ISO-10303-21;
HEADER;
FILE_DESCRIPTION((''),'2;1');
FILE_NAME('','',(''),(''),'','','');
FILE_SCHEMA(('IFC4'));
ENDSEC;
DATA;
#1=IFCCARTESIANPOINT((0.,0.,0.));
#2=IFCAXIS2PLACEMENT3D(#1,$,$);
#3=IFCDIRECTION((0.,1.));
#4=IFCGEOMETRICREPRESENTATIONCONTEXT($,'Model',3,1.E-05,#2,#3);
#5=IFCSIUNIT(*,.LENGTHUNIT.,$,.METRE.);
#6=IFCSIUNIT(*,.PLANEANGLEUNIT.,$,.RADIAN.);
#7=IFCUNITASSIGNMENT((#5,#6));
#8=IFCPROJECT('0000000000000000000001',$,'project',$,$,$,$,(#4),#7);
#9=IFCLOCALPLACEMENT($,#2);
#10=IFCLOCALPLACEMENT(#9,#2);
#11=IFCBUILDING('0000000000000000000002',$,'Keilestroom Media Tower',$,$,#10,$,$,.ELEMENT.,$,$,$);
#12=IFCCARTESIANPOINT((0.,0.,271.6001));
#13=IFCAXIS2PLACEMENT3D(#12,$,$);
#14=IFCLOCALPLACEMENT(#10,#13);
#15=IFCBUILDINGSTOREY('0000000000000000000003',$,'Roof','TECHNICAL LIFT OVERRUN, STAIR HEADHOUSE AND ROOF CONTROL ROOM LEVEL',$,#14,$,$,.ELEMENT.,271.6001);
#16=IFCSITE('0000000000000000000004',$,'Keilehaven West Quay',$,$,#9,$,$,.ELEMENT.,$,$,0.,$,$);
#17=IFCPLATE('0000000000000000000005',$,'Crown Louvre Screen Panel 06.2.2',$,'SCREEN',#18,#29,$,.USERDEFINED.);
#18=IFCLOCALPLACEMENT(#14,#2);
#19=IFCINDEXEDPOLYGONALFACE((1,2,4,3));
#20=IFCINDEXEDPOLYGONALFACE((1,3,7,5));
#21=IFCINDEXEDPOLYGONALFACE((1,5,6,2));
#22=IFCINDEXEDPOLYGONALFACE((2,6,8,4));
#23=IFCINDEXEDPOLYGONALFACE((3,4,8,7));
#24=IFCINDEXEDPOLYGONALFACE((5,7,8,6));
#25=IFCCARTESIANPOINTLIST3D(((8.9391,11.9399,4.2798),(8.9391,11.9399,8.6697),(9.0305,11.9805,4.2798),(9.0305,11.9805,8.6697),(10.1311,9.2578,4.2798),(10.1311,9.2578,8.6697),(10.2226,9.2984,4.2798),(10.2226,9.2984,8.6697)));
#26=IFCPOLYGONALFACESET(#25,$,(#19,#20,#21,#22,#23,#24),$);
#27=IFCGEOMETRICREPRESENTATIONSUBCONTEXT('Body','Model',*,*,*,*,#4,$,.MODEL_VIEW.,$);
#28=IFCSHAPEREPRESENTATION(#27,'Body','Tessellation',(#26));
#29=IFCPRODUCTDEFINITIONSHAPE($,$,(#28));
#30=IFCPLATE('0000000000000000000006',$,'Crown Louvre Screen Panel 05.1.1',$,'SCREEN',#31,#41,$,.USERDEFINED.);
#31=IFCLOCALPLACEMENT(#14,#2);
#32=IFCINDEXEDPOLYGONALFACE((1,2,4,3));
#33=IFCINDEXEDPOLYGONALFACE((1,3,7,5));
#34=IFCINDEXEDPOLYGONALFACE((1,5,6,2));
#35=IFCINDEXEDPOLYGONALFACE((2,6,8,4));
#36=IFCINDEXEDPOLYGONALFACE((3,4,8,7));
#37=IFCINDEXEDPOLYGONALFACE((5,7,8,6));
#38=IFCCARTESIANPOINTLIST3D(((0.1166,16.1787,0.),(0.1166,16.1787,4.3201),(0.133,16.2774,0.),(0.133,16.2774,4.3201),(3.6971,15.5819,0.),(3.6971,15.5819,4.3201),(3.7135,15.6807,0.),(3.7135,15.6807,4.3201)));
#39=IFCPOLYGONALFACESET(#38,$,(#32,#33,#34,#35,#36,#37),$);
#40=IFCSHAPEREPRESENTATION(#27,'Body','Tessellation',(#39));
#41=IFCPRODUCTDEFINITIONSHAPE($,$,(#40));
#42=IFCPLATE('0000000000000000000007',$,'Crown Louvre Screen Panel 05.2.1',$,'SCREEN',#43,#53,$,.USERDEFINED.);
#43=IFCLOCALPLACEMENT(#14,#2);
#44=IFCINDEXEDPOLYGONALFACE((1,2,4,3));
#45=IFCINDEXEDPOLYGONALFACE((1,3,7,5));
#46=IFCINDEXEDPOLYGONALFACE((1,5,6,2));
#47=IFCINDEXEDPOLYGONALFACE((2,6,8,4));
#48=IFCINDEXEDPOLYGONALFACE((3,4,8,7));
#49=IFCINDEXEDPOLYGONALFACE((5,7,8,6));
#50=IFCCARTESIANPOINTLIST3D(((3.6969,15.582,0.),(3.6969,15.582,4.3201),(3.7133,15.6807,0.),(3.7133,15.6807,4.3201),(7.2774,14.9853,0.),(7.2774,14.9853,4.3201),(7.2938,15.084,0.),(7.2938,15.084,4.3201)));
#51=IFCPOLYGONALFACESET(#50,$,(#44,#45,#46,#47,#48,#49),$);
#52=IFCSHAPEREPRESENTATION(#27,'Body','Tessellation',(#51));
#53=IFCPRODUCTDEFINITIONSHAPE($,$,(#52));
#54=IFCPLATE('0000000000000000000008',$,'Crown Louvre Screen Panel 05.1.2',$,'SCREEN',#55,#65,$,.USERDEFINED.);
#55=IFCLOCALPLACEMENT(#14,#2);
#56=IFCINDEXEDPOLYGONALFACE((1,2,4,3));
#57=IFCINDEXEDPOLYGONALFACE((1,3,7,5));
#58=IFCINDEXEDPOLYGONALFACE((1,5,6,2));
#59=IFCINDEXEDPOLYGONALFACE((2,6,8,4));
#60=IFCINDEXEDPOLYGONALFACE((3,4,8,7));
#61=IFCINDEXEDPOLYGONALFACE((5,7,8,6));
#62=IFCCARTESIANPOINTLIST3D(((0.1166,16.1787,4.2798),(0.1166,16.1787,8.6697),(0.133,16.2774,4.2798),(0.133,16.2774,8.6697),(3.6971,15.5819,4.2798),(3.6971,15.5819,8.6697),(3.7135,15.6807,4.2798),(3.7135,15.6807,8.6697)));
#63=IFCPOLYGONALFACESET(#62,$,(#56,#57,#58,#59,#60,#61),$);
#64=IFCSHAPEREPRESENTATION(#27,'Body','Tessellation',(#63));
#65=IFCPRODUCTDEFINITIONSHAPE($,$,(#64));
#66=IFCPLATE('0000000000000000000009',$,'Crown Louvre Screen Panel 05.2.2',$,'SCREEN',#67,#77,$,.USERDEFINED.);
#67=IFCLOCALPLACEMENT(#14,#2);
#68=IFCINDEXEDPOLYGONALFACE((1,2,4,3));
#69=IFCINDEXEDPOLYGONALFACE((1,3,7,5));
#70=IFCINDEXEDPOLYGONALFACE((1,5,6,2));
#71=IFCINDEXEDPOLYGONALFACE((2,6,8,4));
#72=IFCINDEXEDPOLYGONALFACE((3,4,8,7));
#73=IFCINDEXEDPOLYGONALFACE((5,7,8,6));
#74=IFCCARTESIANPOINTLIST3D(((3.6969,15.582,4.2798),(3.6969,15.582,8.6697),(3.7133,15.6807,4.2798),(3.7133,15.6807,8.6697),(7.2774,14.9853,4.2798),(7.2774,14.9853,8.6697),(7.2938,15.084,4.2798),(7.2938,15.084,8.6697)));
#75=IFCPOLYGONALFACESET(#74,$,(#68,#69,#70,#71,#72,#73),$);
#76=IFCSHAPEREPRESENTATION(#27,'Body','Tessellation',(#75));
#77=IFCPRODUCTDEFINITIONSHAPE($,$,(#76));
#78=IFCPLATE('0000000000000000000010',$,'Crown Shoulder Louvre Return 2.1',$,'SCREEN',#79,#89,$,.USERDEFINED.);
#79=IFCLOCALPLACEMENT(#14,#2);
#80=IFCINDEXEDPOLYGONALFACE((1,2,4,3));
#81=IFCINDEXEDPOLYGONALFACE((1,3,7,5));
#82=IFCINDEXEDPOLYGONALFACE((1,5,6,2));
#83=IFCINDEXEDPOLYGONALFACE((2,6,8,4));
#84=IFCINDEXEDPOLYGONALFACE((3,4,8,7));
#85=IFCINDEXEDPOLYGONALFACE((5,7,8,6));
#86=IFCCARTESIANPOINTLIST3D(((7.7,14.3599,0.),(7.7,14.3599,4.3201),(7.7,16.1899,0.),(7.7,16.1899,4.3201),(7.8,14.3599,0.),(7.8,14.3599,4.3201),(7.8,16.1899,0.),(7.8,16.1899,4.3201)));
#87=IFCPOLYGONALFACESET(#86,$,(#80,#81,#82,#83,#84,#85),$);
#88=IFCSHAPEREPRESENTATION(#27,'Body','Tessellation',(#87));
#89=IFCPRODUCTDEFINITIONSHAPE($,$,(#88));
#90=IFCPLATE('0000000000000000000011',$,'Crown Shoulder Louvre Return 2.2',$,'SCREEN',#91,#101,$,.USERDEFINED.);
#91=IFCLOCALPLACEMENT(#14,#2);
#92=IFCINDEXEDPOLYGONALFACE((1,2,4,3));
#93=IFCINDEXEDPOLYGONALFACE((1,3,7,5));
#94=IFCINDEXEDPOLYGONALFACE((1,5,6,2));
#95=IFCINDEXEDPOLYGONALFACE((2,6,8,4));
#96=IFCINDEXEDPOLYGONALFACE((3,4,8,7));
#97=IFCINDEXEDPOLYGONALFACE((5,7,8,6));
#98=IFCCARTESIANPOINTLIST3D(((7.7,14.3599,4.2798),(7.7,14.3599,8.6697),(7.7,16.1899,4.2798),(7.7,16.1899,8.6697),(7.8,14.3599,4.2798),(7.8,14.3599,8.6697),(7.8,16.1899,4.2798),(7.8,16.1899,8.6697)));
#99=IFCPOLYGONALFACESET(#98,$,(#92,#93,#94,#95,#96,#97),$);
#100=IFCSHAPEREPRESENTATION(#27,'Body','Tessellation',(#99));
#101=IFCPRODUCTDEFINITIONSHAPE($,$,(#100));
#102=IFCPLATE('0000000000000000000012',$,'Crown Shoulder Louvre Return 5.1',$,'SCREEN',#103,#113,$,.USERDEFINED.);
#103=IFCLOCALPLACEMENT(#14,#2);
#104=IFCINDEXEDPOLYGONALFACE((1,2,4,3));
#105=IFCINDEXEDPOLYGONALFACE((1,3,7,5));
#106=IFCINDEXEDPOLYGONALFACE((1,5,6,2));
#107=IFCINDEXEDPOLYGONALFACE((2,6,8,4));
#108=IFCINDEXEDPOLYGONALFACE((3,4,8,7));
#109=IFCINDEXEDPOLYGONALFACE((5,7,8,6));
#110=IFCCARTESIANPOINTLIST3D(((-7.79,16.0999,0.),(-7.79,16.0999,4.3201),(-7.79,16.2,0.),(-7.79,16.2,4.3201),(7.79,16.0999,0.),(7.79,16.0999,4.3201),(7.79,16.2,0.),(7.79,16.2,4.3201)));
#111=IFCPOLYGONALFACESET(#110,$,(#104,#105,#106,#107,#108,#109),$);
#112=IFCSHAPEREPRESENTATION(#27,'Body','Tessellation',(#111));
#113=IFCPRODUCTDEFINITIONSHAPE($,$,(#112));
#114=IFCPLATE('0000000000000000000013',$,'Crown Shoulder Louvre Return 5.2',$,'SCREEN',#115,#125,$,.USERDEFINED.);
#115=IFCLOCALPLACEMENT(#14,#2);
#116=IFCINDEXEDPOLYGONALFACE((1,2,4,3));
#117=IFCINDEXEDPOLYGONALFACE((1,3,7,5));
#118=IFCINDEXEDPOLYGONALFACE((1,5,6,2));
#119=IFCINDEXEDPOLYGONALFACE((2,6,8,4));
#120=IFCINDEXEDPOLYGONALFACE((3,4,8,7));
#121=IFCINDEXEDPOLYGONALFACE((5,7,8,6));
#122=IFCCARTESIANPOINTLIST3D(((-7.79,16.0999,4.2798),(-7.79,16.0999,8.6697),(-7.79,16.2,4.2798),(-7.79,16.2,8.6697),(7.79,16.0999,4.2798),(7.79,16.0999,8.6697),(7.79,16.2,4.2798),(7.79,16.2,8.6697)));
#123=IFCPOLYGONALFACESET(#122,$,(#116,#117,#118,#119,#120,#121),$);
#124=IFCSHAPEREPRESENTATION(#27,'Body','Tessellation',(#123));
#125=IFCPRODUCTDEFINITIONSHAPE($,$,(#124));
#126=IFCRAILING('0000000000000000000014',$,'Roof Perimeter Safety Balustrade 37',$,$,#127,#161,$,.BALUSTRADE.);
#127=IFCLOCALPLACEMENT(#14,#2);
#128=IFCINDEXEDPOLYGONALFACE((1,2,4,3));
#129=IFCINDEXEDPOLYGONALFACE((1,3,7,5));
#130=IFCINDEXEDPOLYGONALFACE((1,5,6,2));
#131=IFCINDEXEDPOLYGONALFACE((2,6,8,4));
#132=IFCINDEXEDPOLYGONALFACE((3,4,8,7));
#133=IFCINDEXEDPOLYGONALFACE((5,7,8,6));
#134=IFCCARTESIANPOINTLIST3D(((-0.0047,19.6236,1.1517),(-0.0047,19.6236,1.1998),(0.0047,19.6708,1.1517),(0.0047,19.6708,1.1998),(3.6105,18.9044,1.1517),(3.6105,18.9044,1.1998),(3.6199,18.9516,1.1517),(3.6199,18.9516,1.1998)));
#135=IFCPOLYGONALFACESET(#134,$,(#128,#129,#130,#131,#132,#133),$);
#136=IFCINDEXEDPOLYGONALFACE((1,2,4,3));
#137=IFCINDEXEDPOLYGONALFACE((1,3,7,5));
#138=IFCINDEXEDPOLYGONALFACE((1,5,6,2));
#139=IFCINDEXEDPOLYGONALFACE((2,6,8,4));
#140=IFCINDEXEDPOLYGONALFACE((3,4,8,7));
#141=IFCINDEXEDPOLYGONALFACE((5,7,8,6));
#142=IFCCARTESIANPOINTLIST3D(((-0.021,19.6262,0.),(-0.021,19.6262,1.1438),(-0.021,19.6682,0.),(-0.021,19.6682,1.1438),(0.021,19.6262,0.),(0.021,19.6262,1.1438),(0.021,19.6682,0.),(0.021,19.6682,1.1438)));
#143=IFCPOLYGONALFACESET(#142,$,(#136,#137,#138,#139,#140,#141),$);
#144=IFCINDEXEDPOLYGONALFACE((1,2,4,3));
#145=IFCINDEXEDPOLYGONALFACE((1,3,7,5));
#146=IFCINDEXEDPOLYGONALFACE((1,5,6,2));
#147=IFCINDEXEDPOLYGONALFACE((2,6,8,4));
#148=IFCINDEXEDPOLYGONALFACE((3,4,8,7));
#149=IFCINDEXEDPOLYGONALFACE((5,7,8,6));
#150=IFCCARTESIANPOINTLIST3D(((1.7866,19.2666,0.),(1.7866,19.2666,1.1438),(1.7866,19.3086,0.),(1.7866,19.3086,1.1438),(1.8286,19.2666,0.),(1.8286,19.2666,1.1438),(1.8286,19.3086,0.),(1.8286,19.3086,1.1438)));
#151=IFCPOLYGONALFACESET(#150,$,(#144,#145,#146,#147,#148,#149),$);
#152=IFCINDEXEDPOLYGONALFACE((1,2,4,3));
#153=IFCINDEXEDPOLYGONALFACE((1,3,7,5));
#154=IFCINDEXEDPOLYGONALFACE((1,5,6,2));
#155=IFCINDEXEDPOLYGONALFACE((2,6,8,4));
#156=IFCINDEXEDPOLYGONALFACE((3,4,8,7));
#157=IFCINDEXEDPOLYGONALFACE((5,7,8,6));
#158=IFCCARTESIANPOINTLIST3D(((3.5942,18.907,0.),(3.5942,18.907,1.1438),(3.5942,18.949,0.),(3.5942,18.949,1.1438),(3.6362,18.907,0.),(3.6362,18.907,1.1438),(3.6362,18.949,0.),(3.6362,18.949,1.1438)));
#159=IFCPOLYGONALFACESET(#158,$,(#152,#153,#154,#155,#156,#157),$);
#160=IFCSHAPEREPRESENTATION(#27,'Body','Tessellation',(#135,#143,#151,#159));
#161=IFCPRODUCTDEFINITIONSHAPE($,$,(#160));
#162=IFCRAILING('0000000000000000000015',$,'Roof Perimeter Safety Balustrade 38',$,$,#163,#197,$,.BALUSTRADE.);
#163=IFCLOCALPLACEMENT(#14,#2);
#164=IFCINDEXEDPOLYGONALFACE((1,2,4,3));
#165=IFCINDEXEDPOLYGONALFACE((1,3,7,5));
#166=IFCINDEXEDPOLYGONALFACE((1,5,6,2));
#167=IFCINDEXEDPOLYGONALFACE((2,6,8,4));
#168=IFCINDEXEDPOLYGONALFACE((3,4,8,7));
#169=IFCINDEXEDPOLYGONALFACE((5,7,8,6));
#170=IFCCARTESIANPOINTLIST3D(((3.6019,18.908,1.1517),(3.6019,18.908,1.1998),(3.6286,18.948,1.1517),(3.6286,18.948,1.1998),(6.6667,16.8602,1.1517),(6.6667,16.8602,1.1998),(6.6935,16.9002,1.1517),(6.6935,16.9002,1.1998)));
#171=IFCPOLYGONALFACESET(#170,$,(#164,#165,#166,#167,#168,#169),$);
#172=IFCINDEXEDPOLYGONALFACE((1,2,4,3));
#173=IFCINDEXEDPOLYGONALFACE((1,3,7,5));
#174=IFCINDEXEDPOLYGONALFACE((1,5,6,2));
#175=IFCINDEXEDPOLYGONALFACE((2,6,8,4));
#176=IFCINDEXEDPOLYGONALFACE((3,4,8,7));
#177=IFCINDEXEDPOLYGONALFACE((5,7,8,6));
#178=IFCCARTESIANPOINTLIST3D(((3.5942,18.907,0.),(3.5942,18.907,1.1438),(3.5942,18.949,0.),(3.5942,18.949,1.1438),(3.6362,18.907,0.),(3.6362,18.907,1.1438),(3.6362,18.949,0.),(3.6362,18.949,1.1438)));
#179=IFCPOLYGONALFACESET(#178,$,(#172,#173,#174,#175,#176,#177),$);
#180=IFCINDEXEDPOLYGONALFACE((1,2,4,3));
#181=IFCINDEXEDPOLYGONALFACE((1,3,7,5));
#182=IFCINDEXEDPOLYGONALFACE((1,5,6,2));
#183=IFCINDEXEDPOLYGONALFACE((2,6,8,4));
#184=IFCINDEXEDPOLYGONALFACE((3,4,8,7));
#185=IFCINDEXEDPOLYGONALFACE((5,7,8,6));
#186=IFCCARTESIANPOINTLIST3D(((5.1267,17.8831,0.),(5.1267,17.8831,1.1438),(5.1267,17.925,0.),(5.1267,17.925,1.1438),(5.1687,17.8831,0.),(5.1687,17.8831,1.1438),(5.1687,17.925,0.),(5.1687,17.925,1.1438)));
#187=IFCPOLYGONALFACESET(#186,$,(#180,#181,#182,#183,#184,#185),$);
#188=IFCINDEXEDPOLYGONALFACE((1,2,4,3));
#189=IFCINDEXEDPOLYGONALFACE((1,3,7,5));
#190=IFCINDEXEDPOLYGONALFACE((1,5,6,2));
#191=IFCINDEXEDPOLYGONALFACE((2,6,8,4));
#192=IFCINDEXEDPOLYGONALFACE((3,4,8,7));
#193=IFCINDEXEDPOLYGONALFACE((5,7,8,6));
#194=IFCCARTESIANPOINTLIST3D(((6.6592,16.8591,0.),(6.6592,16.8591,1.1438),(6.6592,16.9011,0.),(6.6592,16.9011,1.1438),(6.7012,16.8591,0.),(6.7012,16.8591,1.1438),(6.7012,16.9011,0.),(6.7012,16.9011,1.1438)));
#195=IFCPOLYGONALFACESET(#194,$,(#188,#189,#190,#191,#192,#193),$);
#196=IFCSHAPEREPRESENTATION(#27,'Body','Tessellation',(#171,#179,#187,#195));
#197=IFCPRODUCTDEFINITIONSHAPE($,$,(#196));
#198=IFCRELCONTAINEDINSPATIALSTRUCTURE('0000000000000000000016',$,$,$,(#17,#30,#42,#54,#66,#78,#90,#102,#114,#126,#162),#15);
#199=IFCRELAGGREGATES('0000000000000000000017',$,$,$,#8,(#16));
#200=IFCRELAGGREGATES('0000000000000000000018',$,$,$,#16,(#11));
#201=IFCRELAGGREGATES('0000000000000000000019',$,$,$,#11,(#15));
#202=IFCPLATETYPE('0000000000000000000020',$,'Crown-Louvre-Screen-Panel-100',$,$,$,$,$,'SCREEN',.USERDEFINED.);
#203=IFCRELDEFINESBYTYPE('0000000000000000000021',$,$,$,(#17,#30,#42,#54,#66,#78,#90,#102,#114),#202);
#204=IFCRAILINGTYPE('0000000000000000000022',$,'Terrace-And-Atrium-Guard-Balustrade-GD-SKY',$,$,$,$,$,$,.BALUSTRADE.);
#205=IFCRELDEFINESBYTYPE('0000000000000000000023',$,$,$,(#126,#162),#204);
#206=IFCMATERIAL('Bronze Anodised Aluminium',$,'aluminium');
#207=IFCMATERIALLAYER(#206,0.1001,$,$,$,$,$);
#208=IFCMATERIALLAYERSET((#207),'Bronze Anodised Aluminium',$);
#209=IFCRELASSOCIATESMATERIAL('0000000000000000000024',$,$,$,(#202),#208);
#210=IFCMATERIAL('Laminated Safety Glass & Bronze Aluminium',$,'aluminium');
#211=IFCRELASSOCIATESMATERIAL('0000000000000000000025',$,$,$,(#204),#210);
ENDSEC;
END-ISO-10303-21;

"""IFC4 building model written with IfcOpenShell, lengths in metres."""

from ifc_helpers import new_model, si_unit, direction, frame, origin, origin_2d, place, context, subcontext, project, spatial, rectangle, extrude, source, transform, mapped, material, layer, layer_set, type_object, element, save


model = new_model("IFC4")

# Units and contexts
model_context = context("Model", 3, precision=1e-05, world=origin(), true_north=direction((0.0, 1.0)))
body_context = subcontext(model_context, "Body", "Model", "MODEL_VIEW")
ifc_project = project(units=[si_unit("LENGTHUNIT", "METRE"), si_unit("PLANEANGLEUNIT", "RADIAN")], contexts=[model_context])

# Site, building, storey
site_placement = place(None, origin())
site = spatial("IfcSite", under=ifc_project, at=site_placement, Name="Keilehaven West Quay", CompositionType="ELEMENT", RefElevation=0.0)
building_placement = place(site_placement, origin())
building = spatial("IfcBuilding", under=site, at=building_placement, Name="Keilestroom Media Tower", CompositionType="ELEMENT")
storey_placement = place(building_placement, frame((0.0, 0.0, 271.6001)))
storey = spatial("IfcBuildingStorey", under=building, at=storey_placement, Name="Roof", Description="TECHNICAL LIFT OVERRUN, STAIR HEADHOUSE AND ROOF CONTROL ROOM LEVEL", CompositionType="ELEMENT", Elevation=271.6001)

# Plates
ifc_material_1 = material(Name="Bronze Anodised Aluminium", Category="aluminium")
ifc_layer = layer(ifc_material_1, 0.1001)
ifc_layer_set = layer_set([ifc_layer], Name="Bronze Anodised Aluminium")
plate_type = type_object("IfcPlateType", Name="Crown-Louvre-Screen-Panel-100", ElementType="SCREEN", PredefinedType="USERDEFINED", material=ifc_layer_set)
shared_shape_1 = source(origin(), body_context, "Body", "SweptSolid", [
    extrude(rectangle(XDim=2.9351, YDim=0.1001, at=origin_2d()), origin(), (0.0, 0.0, 1.0), 4.3899),
])
for number, where, z_axis, x_axis, name in (
    (1, (9.5808, 10.6191, 4.2798), (0.0, 0.0, 1.0), (0.406139, -0.913811, 0.0), "Crown Louvre Screen Panel 06.2.2"),
):
    element("IfcPlate", number, at=place(storey_placement, frame(where, z_axis=z_axis, x_axis=x_axis)), inside=storey, type_object=plate_type, Name=name, ObjectType="SCREEN", PredefinedType="USERDEFINED", context=body_context, shape_type="MappedRepresentation", body=[
        mapped(shared_shape_1, transform((0.0, 0.0, 0.0), x_axis=(1.0, 0.0, 0.0), y_axis=(0.0, 1.0, 0.0), z_axis=(0.0, 0.0, 1.0), scale=1.0)),
    ])
shared_shape_2 = source(origin(), body_context, "Body", "SweptSolid", [
    extrude(rectangle(XDim=3.6299, YDim=0.1001, at=origin_2d()), origin(), (0.0, 0.0, 1.0), 4.3201),
])
for number, where, z_axis, x_axis, name in (
    (2, (1.915, 15.9297, 0.0), (0.0, 0.0, 1.0), (0.986394, -0.164399, 0.0), "Crown Louvre Screen Panel 05.1.1"),
    (3, (5.4954, 15.333, 0.0), (0.0, 0.0, 1.0), (0.986394, -0.164399, 0.0), "Crown Louvre Screen Panel 05.2.1"),
):
    element("IfcPlate", number, at=place(storey_placement, frame(where, z_axis=z_axis, x_axis=x_axis)), inside=storey, type_object=plate_type, Name=name, ObjectType="SCREEN", PredefinedType="USERDEFINED", context=body_context, shape_type="MappedRepresentation", body=[
        mapped(shared_shape_2, transform((0.0, 0.0, 0.0), x_axis=(1.0, 0.0, 0.0), y_axis=(0.0, 1.0, 0.0), z_axis=(0.0, 0.0, 1.0), scale=1.0)),
    ])
shared_shape_3 = source(origin(), body_context, "Body", "SweptSolid", [
    extrude(rectangle(XDim=3.6299, YDim=0.1001, at=origin_2d()), origin(), (0.0, 0.0, 1.0), 4.3899),
])
for number, where, z_axis, x_axis, name in (
    (4, (1.915, 15.9297, 4.2798), (0.0, 0.0, 1.0), (0.986394, -0.164399, 0.0), "Crown Louvre Screen Panel 05.1.2"),
    (5, (5.4954, 15.333, 4.2798), (0.0, 0.0, 1.0), (0.986394, -0.164399, 0.0), "Crown Louvre Screen Panel 05.2.2"),
):
    element("IfcPlate", number, at=place(storey_placement, frame(where, z_axis=z_axis, x_axis=x_axis)), inside=storey, type_object=plate_type, Name=name, ObjectType="SCREEN", PredefinedType="USERDEFINED", context=body_context, shape_type="MappedRepresentation", body=[
        mapped(shared_shape_3, transform((0.0, 0.0, 0.0), x_axis=(1.0, 0.0, 0.0), y_axis=(0.0, 1.0, 0.0), z_axis=(0.0, 0.0, 1.0), scale=1.0)),
    ])
shared_shape_4 = source(origin(), body_context, "Body", "SweptSolid", [
    extrude(rectangle(XDim=1.8301, YDim=0.1001, at=origin_2d()), origin(), (0.0, 0.0, 1.0), 4.3201),
])
plate_1_placement = place(storey_placement, frame((7.75, 15.2749, 0.0), z_axis=(0.0, 0.0, 1.0), x_axis=(0.0, 1.0, 0.0)))
element("IfcPlate", 6, at=plate_1_placement, inside=storey, type_object=plate_type, Name="Crown Shoulder Louvre Return 2.1", ObjectType="SCREEN", PredefinedType="USERDEFINED", context=body_context, shape_type="MappedRepresentation", body=[
    mapped(shared_shape_4, transform((0.0, 0.0, 0.0), x_axis=(1.0, 0.0, 0.0), y_axis=(0.0, 1.0, 0.0), z_axis=(0.0, 0.0, 1.0), scale=1.0)),
])
shared_shape_5 = source(origin(), body_context, "Body", "SweptSolid", [
    extrude(rectangle(XDim=1.8301, YDim=0.1001, at=origin_2d()), origin(), (0.0, 0.0, 1.0), 4.3899),
])
plate_2_placement = place(storey_placement, frame((7.75, 15.2749, 4.2798), z_axis=(0.0, 0.0, 1.0), x_axis=(0.0, 1.0, 0.0)))
element("IfcPlate", 7, at=plate_2_placement, inside=storey, type_object=plate_type, Name="Crown Shoulder Louvre Return 2.2", ObjectType="SCREEN", PredefinedType="USERDEFINED", context=body_context, shape_type="MappedRepresentation", body=[
    mapped(shared_shape_5, transform((0.0, 0.0, 0.0), x_axis=(1.0, 0.0, 0.0), y_axis=(0.0, 1.0, 0.0), z_axis=(0.0, 0.0, 1.0), scale=1.0)),
])
shared_shape_6 = source(origin(), body_context, "Body", "SweptSolid", [
    extrude(rectangle(XDim=15.5801, YDim=0.1001, at=origin_2d()), origin(), (0.0, 0.0, 1.0), 4.3201),
])
plate_3_placement = place(storey_placement, frame((0.0, 16.1499, 0.0), z_axis=(0.0, 0.0, 1.0), x_axis=(1.0, 0.0, 0.0)))
element("IfcPlate", 8, at=plate_3_placement, inside=storey, type_object=plate_type, Name="Crown Shoulder Louvre Return 5.1", ObjectType="SCREEN", PredefinedType="USERDEFINED", context=body_context, shape_type="MappedRepresentation", body=[
    mapped(shared_shape_6, transform((0.0, 0.0, 0.0), x_axis=(1.0, 0.0, 0.0), y_axis=(0.0, 1.0, 0.0), z_axis=(0.0, 0.0, 1.0), scale=1.0)),
])
shared_shape_7 = source(origin(), body_context, "Body", "SweptSolid", [
    extrude(rectangle(XDim=15.5801, YDim=0.1001, at=origin_2d()), origin(), (0.0, 0.0, 1.0), 4.3899),
])
plate_4_placement = place(storey_placement, frame((0.0, 16.1499, 4.2798), z_axis=(0.0, 0.0, 1.0), x_axis=(1.0, 0.0, 0.0)))
element("IfcPlate", 9, at=plate_4_placement, inside=storey, type_object=plate_type, Name="Crown Shoulder Louvre Return 5.2", ObjectType="SCREEN", PredefinedType="USERDEFINED", context=body_context, shape_type="MappedRepresentation", body=[
    mapped(shared_shape_7, transform((0.0, 0.0, 0.0), x_axis=(1.0, 0.0, 0.0), y_axis=(0.0, 1.0, 0.0), z_axis=(0.0, 0.0, 1.0), scale=1.0)),
])

# Railings
ifc_material_2 = material(Name="Laminated Safety Glass & Bronze Aluminium", Category="aluminium")
railing_type = type_object("IfcRailingType", Name="Terrace-And-Atrium-Guard-Balustrade-GD-SKY", PredefinedType="BALUSTRADE", material=ifc_material_2)
railing_1_placement = place(storey_placement, frame((0.0, 19.6472, 0.0)))
element("IfcRailing", 10, at=railing_1_placement, inside=storey, type_object=railing_type, Name="Roof Perimeter Safety Balustrade 37", PredefinedType="BALUSTRADE", context=body_context, shape_type="SweptSolid", body=[
    extrude(rectangle(XDim=0.0481, YDim=0.0481, at=origin_2d()), frame((0.0, 0.0, 1.1758), z_axis=(0.980779, -0.195123, 0.0), x_axis=(0.195123, 0.980779, 0.0)), (0.0, 0.0, 1.0), 3.686),
    extrude(rectangle(XDim=0.042, YDim=0.042, at=origin_2d()), origin(), (0.0, 0.0, 1.0), 1.1438),
    extrude(rectangle(XDim=0.042, YDim=0.042, at=origin_2d()), frame((1.8076, -0.3596, 0.0)), (0.0, 0.0, 1.0), 1.1438),
    extrude(rectangle(XDim=0.042, YDim=0.042, at=origin_2d()), frame((3.6152, -0.7192, 0.0)), (0.0, 0.0, 1.0), 1.1438),
])
railing_2_placement = place(storey_placement, frame((3.6152, 18.928, 0.0)))
element("IfcRailing", 11, at=railing_2_placement, inside=storey, type_object=railing_type, Name="Roof Perimeter Safety Balustrade 38", PredefinedType="BALUSTRADE", context=body_context, shape_type="SweptSolid", body=[
    extrude(rectangle(XDim=0.0481, YDim=0.0481, at=origin_2d()), frame((0.0, 0.0, 1.1758), z_axis=(0.831479, -0.555556, 0.0), x_axis=(0.555556, 0.831479, 0.0)), (0.0, 0.0, 1.0), 3.686),
    extrude(rectangle(XDim=0.042, YDim=0.042, at=origin_2d()), origin(), (0.0, 0.0, 1.0), 1.1438),
    extrude(rectangle(XDim=0.042, YDim=0.042, at=origin_2d()), frame((1.5325, -1.0239, 0.0)), (0.0, 0.0, 1.0), 1.1438),
    extrude(rectangle(XDim=0.042, YDim=0.042, at=origin_2d()), frame((3.0649, -2.0479, 0.0)), (0.0, 0.0, 1.0), 1.1438),
])

save(model, "model.ifc")
